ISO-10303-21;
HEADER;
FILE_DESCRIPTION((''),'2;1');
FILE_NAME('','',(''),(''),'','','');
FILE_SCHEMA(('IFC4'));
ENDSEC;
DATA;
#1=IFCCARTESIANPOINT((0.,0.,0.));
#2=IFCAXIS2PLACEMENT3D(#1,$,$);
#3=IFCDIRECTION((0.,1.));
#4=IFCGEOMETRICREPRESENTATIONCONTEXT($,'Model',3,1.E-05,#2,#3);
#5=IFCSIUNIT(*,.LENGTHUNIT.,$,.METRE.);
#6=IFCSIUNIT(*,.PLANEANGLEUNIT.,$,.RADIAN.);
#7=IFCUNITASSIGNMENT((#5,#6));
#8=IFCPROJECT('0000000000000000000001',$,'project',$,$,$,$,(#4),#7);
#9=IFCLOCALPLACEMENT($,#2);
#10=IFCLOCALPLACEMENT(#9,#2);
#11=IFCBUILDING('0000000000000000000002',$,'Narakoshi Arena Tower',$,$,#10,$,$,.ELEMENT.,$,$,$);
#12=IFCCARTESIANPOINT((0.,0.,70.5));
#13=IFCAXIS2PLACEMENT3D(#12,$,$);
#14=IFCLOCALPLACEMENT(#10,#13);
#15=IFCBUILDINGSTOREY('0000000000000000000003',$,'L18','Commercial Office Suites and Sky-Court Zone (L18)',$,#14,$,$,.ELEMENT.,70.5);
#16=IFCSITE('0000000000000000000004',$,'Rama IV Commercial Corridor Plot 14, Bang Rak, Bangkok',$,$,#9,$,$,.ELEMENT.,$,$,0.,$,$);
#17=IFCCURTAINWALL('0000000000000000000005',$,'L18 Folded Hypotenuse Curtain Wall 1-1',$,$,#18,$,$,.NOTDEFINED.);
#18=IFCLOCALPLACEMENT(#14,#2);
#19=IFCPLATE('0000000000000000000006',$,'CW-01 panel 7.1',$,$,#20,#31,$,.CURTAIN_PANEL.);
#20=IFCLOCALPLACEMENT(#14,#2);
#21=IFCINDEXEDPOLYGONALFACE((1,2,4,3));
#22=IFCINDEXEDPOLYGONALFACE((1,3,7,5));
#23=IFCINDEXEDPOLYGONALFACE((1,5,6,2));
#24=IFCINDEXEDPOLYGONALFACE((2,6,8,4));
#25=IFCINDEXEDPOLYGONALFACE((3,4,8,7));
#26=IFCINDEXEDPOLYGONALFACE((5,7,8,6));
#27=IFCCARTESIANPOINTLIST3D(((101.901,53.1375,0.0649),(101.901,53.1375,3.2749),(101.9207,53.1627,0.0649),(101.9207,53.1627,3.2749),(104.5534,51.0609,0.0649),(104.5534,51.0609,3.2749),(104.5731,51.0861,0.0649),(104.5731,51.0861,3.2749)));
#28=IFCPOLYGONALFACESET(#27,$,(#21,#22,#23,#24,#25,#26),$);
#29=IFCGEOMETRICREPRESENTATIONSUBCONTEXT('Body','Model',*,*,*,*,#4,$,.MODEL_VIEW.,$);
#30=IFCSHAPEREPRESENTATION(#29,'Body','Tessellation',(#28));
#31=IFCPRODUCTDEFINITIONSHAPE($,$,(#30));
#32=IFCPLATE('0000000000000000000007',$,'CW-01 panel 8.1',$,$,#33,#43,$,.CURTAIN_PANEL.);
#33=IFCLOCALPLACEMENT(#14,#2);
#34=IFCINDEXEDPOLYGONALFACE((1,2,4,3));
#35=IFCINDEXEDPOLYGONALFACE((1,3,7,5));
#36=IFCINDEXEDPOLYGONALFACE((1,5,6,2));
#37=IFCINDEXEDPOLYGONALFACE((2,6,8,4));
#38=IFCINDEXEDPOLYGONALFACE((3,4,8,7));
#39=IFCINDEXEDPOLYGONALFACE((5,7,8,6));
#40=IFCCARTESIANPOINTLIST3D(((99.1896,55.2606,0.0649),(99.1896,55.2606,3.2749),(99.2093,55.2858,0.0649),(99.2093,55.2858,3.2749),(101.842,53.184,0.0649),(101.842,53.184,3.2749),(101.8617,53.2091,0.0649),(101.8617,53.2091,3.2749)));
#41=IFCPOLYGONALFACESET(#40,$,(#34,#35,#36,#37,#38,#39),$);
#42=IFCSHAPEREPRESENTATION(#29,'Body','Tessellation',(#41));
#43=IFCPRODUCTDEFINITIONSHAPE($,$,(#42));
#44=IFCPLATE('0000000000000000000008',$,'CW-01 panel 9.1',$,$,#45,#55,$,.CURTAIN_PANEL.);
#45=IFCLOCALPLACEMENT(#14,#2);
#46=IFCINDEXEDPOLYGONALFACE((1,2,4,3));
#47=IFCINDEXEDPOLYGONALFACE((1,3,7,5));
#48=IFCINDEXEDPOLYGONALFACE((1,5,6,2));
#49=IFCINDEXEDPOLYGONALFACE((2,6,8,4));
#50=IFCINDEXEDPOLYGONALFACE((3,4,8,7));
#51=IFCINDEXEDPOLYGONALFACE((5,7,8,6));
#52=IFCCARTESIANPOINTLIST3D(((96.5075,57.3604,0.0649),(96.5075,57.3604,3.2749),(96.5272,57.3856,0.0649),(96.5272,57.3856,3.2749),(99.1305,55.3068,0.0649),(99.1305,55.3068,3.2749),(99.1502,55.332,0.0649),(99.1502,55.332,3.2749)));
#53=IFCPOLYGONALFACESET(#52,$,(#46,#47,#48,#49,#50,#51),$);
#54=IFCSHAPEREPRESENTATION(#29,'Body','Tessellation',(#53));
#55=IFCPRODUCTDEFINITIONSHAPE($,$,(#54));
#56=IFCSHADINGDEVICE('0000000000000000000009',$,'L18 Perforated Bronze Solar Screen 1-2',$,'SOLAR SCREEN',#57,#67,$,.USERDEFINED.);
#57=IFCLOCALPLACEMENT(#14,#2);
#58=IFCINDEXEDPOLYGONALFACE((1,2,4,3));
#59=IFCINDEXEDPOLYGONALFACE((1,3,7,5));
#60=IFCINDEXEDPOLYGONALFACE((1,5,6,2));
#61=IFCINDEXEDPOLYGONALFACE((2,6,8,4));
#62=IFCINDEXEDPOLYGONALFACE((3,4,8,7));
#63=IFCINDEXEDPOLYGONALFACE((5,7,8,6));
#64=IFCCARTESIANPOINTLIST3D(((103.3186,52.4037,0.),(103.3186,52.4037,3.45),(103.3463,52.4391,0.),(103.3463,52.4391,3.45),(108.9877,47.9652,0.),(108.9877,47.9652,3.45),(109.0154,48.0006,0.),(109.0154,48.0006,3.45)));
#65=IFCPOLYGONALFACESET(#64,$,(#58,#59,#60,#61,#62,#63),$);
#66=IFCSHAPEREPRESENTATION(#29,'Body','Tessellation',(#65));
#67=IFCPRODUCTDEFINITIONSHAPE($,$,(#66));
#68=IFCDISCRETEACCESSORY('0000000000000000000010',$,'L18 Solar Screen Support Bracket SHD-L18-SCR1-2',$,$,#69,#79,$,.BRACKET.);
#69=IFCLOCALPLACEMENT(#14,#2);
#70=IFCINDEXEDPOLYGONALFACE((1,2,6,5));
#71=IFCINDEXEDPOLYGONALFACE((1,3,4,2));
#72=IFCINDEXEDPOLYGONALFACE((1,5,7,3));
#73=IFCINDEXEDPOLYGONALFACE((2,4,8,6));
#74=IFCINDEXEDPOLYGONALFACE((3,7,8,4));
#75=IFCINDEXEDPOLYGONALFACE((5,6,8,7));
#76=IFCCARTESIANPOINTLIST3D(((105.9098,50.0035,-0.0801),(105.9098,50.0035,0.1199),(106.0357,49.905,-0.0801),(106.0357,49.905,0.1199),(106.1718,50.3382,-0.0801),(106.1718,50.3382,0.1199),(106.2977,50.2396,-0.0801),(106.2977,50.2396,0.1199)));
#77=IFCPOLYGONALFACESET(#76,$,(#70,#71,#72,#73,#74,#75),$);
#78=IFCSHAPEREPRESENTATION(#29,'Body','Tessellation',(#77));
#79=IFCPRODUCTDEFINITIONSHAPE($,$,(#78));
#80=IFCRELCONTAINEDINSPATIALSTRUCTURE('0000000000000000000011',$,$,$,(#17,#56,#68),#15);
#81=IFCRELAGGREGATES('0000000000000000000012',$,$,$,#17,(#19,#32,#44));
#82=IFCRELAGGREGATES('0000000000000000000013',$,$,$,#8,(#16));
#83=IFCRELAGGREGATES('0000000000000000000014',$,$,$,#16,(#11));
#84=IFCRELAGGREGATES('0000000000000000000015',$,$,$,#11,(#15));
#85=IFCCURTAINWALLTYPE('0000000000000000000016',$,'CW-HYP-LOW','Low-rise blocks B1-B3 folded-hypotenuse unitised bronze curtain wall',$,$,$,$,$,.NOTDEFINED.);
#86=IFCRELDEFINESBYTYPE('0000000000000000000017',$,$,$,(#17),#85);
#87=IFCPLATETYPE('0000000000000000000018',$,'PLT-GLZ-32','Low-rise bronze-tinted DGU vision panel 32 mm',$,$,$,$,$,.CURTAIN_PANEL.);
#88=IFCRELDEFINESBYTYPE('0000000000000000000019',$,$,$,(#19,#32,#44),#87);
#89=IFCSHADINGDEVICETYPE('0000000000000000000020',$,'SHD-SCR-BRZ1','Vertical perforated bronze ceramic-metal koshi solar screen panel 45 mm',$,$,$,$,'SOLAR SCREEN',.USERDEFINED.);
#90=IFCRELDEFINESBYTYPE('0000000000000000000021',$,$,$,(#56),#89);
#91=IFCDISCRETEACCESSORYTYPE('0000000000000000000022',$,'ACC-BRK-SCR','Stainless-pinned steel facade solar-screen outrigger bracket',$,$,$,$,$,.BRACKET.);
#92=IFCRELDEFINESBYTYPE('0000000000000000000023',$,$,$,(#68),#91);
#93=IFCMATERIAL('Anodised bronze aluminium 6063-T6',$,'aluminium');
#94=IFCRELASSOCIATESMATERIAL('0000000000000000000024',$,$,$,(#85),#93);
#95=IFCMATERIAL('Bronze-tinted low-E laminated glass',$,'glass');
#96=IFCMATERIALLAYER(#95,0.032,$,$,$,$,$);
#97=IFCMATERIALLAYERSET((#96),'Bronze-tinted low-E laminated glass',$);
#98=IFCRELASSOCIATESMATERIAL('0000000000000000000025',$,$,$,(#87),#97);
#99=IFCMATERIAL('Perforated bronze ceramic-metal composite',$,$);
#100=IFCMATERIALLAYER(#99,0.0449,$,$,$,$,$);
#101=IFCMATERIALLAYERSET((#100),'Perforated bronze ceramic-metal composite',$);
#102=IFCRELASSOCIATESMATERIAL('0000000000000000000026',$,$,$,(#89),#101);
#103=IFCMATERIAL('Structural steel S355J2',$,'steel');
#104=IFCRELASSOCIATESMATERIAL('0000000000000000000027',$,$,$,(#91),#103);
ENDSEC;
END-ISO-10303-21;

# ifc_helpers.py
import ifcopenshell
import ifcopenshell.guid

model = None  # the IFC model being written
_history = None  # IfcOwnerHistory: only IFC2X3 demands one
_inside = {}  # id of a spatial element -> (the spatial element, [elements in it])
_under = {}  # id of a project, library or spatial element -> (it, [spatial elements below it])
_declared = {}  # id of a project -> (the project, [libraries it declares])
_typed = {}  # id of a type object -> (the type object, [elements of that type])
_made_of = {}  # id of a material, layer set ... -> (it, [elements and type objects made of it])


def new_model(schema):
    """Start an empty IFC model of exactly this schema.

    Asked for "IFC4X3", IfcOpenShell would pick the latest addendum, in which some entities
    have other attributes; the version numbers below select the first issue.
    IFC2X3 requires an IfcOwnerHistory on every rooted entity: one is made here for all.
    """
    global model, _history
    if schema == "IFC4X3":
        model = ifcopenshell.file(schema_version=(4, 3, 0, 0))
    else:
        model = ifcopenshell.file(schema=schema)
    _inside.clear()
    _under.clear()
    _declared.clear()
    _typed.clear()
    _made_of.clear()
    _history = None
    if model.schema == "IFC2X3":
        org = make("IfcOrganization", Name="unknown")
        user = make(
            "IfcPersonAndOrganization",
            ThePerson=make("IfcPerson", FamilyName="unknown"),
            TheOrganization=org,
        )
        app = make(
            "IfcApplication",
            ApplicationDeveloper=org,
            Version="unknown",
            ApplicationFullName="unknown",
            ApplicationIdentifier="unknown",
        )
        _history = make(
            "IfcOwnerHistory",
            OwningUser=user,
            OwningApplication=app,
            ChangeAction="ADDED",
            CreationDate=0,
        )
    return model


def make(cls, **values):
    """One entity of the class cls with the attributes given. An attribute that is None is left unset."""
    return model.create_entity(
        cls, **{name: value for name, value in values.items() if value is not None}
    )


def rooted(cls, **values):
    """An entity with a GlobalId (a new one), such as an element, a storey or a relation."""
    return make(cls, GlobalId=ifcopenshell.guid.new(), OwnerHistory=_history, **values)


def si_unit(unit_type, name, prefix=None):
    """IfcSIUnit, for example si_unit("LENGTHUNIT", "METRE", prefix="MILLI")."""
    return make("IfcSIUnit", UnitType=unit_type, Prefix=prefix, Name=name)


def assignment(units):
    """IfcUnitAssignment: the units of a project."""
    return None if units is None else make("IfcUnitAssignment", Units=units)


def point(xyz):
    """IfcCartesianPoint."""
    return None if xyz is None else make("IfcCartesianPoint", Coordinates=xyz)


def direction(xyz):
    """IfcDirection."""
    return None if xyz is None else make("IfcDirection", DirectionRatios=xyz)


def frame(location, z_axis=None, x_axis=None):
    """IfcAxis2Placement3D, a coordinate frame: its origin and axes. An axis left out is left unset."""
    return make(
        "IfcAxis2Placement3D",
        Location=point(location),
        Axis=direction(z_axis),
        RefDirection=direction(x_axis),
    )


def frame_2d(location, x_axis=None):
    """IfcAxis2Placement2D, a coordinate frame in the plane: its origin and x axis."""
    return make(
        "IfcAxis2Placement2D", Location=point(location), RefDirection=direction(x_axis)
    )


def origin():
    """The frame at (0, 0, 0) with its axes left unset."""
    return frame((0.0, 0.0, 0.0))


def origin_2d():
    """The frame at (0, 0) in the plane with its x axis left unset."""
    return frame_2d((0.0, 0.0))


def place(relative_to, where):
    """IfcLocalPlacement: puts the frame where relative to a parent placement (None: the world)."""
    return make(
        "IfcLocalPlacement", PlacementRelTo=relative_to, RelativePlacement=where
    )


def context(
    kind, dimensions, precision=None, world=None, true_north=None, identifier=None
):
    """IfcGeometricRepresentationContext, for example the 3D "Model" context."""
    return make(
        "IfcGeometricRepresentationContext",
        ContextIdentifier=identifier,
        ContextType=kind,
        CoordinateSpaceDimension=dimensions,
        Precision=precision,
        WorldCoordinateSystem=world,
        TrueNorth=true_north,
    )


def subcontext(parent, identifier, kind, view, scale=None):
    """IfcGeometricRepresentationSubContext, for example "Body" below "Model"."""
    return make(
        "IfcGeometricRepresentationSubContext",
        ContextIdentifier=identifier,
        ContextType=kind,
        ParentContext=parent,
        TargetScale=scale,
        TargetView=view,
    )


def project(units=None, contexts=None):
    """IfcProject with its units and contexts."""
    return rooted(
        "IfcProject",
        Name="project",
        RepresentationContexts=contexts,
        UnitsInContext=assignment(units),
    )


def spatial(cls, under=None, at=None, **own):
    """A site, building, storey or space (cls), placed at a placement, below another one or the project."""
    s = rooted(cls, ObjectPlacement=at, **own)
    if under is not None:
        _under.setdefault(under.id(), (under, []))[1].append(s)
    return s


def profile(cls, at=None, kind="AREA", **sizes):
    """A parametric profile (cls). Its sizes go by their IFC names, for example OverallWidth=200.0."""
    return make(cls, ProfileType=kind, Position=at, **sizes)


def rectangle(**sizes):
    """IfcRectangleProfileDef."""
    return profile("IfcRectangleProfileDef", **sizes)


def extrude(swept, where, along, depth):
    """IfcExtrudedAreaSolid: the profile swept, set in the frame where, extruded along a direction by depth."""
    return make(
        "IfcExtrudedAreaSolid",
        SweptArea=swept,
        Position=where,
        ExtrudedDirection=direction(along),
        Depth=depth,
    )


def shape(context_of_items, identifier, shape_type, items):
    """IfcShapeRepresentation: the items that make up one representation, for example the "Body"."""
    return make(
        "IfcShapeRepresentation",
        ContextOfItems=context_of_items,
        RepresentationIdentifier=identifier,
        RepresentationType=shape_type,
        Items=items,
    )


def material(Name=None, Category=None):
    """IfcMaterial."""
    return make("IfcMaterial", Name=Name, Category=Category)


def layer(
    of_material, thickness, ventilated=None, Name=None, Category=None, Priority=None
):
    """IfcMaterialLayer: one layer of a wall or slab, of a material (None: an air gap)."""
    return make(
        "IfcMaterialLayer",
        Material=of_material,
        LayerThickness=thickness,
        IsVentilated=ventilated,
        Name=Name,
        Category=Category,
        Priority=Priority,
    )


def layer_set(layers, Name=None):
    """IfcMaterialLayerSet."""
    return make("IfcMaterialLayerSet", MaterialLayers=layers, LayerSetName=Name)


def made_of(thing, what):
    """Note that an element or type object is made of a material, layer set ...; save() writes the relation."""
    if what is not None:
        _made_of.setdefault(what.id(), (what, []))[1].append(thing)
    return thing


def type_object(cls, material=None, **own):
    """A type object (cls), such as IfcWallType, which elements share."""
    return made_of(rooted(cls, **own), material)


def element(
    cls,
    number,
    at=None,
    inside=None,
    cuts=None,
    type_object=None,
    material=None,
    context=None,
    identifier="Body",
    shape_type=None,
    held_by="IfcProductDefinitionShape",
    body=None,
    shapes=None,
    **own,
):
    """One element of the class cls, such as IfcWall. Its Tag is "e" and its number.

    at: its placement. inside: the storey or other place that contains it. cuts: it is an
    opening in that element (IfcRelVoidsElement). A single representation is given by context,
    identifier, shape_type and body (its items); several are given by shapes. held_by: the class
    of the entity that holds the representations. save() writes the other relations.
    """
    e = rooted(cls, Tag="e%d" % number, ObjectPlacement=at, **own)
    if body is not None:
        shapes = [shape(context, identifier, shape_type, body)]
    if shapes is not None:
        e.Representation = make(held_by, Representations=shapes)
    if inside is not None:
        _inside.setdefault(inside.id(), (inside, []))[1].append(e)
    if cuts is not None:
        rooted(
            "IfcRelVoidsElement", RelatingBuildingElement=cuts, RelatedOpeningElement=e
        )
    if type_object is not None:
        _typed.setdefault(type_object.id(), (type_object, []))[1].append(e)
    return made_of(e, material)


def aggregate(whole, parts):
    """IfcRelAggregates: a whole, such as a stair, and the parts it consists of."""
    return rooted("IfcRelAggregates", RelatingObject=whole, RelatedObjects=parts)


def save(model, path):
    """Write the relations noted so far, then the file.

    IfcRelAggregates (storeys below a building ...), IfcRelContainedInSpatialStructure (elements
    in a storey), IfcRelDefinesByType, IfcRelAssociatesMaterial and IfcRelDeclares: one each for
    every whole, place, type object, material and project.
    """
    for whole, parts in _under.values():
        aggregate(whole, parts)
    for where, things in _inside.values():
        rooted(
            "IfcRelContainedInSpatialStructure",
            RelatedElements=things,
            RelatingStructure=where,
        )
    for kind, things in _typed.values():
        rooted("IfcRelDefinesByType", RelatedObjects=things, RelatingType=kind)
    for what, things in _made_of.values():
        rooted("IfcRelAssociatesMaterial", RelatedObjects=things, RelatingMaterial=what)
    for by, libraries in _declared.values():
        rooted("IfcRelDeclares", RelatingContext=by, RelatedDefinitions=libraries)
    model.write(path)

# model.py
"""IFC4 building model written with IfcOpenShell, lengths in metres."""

from ifc_helpers import new_model, si_unit, direction, frame, origin, origin_2d, place, context, subcontext, project, spatial, rectangle, extrude, material, layer, layer_set, type_object, element, aggregate, save


model = new_model("IFC4")

# Units and contexts
model_context = context("Model", 3, precision=1e-05, world=origin(), true_north=direction((0.0, 1.0)))
body_context = subcontext(model_context, "Body", "Model", "MODEL_VIEW")
ifc_project = project(units=[si_unit("LENGTHUNIT", "METRE"), si_unit("PLANEANGLEUNIT", "RADIAN")], contexts=[model_context])

# Site, building, storey
site_placement = place(None, origin())
site = spatial("IfcSite", under=ifc_project, at=site_placement, Name="Rama IV Commercial Corridor Plot 14, Bang Rak, Bangkok", CompositionType="ELEMENT", RefElevation=0.0)
building_placement = place(site_placement, origin())
building = spatial("IfcBuilding", under=site, at=building_placement, Name="Narakoshi Arena Tower", CompositionType="ELEMENT")
storey_placement = place(building_placement, frame((0.0, 0.0, 70.5)))
storey = spatial("IfcBuildingStorey", under=building, at=storey_placement, Name="L18", Description="Commercial Office Suites and Sky-Court Zone (L18)", CompositionType="ELEMENT", Elevation=70.5)

# Shared definitions
ifc_material_1 = material(Name="Structural steel S355J2", Category="steel")

# Curtain wall, plates
ifc_material_2 = material(Name="Anodised bronze aluminium 6063-T6", Category="aluminium")
curtain_wall_type = type_object("IfcCurtainWallType", Name="CW-HYP-LOW", Description="Low-rise blocks B1-B3 folded-hypotenuse unitised bronze curtain wall", PredefinedType="NOTDEFINED", material=ifc_material_2)
curtain_wall_placement = place(storey_placement, origin())
curtain_wall = element("IfcCurtainWall", 1, at=curtain_wall_placement, inside=storey, type_object=curtain_wall_type, Name="L18 Folded Hypotenuse Curtain Wall 1-1", PredefinedType="NOTDEFINED")
ifc_material_3 = material(Name="Bronze-tinted low-E laminated glass", Category="glass")
ifc_layer_1 = layer(ifc_material_3, 0.032)
ifc_layer_set_1 = layer_set([ifc_layer_1], Name="Bronze-tinted low-E laminated glass")
plate_type = type_object("IfcPlateType", Name="PLT-GLZ-32", Description="Low-rise bronze-tinted DGU vision panel 32 mm", PredefinedType="CURTAIN_PANEL", material=ifc_layer_set_1)
plate_1_placement = place(storey_placement, frame((103.2371, 52.1118, 0.0649), z_axis=(0.0, 0.0, 1.0), x_axis=(-0.787388, 0.616458, 0.0)))
plate_1 = element("IfcPlate", 2, at=plate_1_placement, type_object=plate_type, Name="CW-01 panel 7.1", PredefinedType="CURTAIN_PANEL", context=body_context, shape_type="SweptSolid", body=[
    extrude(rectangle(XDim=3.3687, YDim=0.032, at=origin_2d()), origin(), (0.0, 0.0, 1.0), 3.21),
])
plate_2_placement = place(storey_placement, frame((100.5256, 54.2349, 0.0649), z_axis=(0.0, 0.0, 1.0), x_axis=(-0.787388, 0.616458, 0.0)))
plate_2 = element("IfcPlate", 3, at=plate_2_placement, type_object=plate_type, Name="CW-01 panel 8.1", PredefinedType="CURTAIN_PANEL", context=body_context, shape_type="SweptSolid", body=[
    extrude(rectangle(XDim=3.3687, YDim=0.032, at=origin_2d()), origin(), (0.0, 0.0, 1.0), 3.21),
])
plate_3_placement = place(storey_placement, frame((97.8289, 56.3462, 0.0649), z_axis=(0.0, 0.0, 1.0), x_axis=(-0.787388, 0.616458, 0.0)))
plate_3 = element("IfcPlate", 4, at=plate_3_placement, type_object=plate_type, Name="CW-01 panel 9.1", PredefinedType="CURTAIN_PANEL", context=body_context, shape_type="SweptSolid", body=[
    extrude(rectangle(XDim=3.3313, YDim=0.032, at=origin_2d()), origin(), (0.0, 0.0, 1.0), 3.21),
])
aggregate(curtain_wall, [plate_1, plate_2, plate_3])

# Shading device
ifc_material_4 = material(Name="Perforated bronze ceramic-metal composite")
ifc_layer_2 = layer(ifc_material_4, 0.0449)
ifc_layer_set_2 = layer_set([ifc_layer_2], Name="Perforated bronze ceramic-metal composite")
shading_device_type = type_object("IfcShadingDeviceType", Name="SHD-SCR-BRZ1", Description="Vertical perforated bronze ceramic-metal koshi solar screen panel 45 mm", ElementType="SOLAR SCREEN", PredefinedType="USERDEFINED", material=ifc_layer_set_2)
shading_device_placement = place(storey_placement, frame((106.167, 50.2021, 0.0), z_axis=(0.0, 0.0, 1.0), x_axis=(-0.787387, 0.616459, 0.0)))
element("IfcShadingDevice", 5, at=shading_device_placement, inside=storey, type_object=shading_device_type, Name="L18 Perforated Bronze Solar Screen 1-2", ObjectType="SOLAR SCREEN", PredefinedType="USERDEFINED", context=body_context, shape_type="SweptSolid", body=[
    extrude(rectangle(XDim=7.2, YDim=0.0449, at=origin_2d()), origin(), (0.0, 0.0, 1.0), 3.45),
])

# Discrete accessory
discrete_accessory_type = type_object("IfcDiscreteAccessoryType", Name="ACC-BRK-SCR", Description="Stainless-pinned steel facade solar-screen outrigger bracket", PredefinedType="BRACKET", material=ifc_material_1)
discrete_accessory_placement = place(storey_placement, frame((106.1038, 50.1216, -0.0801), z_axis=(0.0, 0.0, 1.0), x_axis=(-0.787387, 0.616459, 0.0)))
element("IfcDiscreteAccessory", 6, at=discrete_accessory_placement, inside=storey, type_object=discrete_accessory_type, Name="L18 Solar Screen Support Bracket SHD-L18-SCR1-2", PredefinedType="BRACKET", context=body_context, shape_type="SweptSolid", body=[
    extrude(rectangle(XDim=0.1599, YDim=0.425, at=origin_2d()), origin(), (0.0, 0.0, 1.0), 0.2),
])

save(model, "model.ifc")
